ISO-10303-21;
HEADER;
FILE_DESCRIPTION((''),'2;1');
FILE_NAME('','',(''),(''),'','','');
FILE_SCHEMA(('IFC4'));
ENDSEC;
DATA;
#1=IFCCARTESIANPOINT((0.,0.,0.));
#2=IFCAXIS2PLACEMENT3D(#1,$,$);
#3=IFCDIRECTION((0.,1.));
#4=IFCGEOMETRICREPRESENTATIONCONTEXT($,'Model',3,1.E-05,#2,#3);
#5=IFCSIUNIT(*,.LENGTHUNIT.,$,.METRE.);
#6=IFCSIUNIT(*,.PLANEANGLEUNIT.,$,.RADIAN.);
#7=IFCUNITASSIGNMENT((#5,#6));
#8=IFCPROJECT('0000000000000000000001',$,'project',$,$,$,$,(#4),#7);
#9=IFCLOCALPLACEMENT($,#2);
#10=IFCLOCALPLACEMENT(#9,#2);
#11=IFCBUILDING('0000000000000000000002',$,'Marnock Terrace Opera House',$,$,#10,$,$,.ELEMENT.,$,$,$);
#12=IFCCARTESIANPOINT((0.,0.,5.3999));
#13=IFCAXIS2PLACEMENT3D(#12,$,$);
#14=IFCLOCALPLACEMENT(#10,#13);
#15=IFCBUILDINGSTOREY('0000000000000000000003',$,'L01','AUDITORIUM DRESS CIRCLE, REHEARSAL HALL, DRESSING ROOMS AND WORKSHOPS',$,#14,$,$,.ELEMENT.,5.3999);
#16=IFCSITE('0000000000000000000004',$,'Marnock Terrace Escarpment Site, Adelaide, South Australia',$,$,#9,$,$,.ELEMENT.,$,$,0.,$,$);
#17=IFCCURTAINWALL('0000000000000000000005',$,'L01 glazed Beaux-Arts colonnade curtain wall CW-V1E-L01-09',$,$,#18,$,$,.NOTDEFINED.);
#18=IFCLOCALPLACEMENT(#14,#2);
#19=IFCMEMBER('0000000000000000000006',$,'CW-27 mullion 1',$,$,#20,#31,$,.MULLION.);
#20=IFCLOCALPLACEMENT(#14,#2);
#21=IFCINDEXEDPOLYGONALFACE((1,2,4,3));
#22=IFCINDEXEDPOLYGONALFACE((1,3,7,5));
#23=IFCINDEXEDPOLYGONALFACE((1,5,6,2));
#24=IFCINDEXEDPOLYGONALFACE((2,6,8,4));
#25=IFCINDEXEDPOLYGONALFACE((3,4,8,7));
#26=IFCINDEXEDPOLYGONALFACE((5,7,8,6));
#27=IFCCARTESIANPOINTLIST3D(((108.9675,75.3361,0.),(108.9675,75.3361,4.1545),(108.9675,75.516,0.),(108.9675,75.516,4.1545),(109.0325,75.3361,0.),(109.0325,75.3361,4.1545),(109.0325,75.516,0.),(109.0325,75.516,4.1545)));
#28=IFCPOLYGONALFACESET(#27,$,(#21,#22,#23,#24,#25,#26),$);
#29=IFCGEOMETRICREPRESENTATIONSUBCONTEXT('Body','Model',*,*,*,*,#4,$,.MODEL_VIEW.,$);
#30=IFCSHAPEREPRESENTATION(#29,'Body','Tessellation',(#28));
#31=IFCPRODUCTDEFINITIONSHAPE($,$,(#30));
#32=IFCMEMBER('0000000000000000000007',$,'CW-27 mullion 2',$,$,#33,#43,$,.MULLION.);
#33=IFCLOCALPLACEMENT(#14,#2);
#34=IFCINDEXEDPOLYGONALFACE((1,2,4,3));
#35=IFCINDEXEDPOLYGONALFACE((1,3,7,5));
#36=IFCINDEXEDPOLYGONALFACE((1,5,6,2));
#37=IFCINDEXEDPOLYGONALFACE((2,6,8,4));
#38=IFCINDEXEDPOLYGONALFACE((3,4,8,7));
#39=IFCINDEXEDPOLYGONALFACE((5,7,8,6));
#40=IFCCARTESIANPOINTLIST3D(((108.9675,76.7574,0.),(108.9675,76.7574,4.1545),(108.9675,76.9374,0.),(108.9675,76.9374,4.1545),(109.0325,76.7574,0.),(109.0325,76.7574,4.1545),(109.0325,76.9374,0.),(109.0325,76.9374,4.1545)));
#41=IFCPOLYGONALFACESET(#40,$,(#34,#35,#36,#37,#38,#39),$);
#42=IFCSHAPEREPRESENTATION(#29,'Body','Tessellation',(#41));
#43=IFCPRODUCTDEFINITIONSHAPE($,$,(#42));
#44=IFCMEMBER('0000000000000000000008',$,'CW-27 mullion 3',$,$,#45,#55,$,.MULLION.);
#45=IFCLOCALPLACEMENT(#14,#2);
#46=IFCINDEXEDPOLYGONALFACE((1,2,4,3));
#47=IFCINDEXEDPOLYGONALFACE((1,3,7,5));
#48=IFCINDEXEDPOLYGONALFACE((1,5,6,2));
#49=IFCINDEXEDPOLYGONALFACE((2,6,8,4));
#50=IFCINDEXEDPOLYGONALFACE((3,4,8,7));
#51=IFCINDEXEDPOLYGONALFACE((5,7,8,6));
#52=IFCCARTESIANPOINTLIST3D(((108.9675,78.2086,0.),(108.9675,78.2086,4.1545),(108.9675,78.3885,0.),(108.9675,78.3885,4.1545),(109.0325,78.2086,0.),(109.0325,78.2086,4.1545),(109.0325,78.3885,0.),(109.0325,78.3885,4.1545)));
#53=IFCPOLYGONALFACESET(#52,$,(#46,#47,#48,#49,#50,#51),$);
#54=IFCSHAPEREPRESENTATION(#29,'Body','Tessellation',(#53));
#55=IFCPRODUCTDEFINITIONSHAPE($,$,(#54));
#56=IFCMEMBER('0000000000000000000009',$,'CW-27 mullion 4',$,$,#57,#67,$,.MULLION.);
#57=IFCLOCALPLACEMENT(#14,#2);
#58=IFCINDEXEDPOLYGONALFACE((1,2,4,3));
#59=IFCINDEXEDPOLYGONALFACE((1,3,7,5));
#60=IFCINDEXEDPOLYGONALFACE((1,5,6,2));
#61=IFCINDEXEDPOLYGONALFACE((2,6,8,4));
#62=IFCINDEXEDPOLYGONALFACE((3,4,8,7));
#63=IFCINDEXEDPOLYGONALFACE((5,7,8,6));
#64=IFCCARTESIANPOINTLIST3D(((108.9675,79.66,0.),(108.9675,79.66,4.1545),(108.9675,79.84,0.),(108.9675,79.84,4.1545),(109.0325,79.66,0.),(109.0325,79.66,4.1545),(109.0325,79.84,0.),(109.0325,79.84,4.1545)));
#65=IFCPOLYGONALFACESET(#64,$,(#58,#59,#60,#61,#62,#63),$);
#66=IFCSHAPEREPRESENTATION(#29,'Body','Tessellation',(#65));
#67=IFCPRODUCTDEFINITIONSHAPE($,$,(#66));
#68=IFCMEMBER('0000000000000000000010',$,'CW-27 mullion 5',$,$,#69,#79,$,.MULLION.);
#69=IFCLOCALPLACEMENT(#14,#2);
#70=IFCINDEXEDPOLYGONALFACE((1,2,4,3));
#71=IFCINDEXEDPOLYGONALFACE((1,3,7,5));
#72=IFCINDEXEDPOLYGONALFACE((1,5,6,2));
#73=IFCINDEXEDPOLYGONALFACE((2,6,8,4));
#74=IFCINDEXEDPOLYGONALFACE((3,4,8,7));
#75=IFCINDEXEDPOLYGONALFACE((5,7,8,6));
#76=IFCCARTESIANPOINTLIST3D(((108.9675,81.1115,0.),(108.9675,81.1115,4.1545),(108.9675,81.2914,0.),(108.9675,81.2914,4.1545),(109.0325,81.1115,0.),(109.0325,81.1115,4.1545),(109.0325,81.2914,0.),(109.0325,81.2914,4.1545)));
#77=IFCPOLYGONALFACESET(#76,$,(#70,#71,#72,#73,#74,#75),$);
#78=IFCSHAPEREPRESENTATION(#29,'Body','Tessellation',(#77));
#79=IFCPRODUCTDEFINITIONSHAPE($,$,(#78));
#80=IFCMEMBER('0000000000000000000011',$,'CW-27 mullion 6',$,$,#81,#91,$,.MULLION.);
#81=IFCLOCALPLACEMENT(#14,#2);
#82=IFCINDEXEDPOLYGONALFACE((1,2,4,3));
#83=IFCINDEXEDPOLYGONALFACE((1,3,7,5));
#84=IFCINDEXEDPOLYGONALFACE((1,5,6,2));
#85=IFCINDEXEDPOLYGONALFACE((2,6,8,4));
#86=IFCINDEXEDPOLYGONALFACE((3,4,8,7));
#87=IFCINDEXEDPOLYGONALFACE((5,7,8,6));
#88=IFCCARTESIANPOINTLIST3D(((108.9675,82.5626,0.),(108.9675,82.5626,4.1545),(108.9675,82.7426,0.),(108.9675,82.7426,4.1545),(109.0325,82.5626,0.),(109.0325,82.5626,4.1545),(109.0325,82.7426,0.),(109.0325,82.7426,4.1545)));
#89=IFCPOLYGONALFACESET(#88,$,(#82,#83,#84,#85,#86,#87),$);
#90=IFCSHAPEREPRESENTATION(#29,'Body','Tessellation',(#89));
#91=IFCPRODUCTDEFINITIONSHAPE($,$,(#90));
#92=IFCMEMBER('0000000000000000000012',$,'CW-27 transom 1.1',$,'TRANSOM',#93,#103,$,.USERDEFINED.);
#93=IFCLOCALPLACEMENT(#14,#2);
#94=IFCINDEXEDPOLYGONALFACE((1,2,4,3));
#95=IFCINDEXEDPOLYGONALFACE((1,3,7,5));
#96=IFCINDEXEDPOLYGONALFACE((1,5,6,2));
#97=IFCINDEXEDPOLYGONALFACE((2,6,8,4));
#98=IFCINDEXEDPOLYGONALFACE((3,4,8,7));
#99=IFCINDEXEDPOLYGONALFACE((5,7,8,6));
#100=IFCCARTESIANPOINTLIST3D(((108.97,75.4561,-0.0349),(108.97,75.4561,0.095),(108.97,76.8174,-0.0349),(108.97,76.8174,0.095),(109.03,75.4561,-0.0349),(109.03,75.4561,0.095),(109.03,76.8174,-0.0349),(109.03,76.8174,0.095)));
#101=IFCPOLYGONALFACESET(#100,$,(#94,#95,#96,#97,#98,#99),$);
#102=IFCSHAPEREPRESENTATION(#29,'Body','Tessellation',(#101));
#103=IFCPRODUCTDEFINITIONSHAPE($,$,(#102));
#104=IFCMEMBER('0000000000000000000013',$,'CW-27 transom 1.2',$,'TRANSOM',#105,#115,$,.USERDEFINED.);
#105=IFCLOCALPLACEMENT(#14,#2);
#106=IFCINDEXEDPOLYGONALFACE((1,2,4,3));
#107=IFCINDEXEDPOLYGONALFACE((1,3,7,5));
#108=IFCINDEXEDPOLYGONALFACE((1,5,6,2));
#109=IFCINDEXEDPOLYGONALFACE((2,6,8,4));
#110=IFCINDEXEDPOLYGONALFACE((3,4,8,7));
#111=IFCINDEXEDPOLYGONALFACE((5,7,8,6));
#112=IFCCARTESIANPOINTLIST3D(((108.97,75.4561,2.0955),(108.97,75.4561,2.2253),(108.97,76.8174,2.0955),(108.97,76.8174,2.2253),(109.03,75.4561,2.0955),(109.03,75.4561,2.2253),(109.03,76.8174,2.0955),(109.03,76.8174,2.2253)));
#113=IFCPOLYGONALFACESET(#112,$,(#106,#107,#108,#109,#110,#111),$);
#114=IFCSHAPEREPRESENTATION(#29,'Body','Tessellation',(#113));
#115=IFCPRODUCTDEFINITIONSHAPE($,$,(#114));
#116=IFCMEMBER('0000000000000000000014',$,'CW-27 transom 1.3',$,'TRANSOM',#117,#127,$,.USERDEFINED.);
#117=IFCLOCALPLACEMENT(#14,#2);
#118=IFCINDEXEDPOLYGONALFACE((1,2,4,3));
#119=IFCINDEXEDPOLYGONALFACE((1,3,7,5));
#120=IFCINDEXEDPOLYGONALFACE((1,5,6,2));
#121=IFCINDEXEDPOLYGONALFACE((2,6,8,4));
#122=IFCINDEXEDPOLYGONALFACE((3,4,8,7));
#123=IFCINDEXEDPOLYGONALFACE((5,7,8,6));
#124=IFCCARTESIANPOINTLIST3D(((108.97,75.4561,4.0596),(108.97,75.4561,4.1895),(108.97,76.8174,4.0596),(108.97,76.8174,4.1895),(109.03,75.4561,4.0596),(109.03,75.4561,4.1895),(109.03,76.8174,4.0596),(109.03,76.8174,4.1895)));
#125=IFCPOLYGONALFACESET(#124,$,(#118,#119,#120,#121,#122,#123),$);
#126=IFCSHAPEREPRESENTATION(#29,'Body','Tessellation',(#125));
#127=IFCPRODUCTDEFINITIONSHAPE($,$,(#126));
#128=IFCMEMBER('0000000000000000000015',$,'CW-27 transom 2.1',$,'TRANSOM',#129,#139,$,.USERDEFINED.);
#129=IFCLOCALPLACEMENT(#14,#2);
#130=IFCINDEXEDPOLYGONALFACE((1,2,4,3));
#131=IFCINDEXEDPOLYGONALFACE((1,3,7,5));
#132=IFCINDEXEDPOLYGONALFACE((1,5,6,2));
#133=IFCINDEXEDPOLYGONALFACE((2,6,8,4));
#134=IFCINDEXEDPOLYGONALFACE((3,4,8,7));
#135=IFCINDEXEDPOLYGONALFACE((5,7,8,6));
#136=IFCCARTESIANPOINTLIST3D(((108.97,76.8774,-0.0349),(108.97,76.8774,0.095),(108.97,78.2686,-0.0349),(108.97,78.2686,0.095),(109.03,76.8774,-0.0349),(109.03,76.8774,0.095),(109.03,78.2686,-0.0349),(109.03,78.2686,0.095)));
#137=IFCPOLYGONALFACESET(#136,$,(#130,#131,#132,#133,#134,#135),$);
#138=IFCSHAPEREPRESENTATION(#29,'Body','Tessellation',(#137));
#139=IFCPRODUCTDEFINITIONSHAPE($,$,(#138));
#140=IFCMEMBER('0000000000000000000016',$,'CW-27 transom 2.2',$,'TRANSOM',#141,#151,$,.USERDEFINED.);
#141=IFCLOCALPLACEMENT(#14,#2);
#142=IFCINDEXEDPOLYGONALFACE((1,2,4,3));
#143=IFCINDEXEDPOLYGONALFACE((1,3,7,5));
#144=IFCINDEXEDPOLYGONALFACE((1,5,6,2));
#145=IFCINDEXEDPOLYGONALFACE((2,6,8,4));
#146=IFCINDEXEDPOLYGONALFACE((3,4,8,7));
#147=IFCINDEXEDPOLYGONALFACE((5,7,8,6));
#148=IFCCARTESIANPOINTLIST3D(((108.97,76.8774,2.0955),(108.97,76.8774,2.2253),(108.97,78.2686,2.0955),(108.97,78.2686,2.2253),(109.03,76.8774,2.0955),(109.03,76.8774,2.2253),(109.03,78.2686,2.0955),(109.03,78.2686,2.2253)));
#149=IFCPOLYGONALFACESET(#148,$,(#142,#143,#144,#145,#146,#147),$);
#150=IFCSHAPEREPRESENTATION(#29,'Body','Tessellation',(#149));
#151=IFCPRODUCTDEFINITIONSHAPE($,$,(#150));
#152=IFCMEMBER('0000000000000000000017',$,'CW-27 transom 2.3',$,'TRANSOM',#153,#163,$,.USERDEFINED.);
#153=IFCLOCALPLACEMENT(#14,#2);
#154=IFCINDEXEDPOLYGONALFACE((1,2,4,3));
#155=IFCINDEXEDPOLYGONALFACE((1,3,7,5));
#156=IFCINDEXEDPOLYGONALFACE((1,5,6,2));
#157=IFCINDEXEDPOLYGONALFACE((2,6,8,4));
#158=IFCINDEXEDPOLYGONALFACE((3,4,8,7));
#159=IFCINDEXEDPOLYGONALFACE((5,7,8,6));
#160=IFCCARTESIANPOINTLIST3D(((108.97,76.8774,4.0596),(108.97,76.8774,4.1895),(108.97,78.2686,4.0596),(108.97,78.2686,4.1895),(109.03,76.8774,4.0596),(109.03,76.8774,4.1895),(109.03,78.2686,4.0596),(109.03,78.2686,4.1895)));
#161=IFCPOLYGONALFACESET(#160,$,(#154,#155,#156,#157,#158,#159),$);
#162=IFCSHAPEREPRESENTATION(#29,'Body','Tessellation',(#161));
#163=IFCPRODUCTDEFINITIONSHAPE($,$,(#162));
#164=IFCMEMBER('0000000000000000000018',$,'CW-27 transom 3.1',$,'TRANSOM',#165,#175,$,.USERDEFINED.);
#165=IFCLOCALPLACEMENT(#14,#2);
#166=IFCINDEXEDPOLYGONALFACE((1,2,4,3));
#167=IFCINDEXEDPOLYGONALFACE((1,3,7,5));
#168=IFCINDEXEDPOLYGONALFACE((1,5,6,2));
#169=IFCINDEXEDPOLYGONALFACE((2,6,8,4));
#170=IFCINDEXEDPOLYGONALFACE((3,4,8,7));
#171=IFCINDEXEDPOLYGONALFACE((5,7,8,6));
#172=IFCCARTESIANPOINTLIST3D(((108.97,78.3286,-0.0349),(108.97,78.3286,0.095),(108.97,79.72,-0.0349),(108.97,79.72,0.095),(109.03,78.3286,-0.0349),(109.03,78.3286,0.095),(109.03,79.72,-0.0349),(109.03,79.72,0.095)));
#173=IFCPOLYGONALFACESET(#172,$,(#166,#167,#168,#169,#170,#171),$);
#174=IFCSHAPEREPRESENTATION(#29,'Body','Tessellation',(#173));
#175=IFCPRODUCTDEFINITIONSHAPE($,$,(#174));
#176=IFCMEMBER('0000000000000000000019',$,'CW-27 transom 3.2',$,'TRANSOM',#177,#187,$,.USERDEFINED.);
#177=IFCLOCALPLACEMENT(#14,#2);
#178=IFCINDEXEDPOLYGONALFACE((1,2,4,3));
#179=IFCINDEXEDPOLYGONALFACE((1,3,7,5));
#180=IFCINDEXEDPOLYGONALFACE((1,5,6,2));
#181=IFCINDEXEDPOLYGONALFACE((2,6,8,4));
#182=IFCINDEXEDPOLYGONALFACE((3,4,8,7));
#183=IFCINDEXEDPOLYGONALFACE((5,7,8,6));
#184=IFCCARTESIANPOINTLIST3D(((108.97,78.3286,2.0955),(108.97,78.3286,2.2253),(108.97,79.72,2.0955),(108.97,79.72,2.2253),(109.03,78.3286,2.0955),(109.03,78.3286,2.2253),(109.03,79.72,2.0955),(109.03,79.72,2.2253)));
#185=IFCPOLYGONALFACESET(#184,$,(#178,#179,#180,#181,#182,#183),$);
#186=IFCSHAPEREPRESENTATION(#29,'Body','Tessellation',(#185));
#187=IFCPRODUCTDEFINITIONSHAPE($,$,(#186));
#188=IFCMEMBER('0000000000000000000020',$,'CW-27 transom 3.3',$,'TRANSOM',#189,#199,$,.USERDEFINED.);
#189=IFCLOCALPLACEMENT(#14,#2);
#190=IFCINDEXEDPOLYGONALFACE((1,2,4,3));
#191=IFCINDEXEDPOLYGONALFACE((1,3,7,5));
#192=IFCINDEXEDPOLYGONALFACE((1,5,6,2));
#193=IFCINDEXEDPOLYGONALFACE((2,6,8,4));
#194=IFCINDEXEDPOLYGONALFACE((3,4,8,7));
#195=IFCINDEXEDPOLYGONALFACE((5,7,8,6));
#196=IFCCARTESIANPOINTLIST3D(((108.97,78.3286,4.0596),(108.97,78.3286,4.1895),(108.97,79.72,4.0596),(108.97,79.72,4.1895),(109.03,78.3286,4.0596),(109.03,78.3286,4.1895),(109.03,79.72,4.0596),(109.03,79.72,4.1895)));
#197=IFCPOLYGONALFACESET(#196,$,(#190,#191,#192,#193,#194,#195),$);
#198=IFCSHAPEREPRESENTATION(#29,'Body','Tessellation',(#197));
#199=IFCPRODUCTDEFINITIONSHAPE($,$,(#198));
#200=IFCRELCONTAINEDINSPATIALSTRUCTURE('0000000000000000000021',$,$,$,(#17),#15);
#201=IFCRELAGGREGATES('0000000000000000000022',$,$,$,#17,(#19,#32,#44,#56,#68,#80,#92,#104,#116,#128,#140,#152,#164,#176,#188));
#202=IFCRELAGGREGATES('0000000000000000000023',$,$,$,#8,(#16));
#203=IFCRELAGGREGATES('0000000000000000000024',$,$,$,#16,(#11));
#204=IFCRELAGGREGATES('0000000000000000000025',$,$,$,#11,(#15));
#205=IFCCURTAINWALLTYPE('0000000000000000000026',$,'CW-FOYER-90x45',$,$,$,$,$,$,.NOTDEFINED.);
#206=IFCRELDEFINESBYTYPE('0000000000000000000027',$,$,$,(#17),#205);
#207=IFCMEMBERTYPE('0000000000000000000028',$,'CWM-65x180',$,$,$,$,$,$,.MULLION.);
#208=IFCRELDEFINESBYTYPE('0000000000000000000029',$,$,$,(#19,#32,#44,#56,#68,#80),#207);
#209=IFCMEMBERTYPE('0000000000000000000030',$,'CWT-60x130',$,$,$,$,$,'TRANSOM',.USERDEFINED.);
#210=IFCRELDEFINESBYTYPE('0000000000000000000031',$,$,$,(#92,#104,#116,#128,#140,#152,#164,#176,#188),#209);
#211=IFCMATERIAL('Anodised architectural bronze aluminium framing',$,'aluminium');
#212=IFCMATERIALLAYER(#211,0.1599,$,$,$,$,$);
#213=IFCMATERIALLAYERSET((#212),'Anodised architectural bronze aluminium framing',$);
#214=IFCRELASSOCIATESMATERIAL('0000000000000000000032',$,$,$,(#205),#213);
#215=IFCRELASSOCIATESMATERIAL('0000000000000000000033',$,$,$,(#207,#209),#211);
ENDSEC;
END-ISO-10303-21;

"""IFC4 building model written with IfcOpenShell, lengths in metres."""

from ifc_helpers import new_model, si_unit, direction, frame, origin, origin_2d, place, context, subcontext, project, spatial, rectangle, extrude, material, layer, layer_set, material_profile, profile_set, type_object, element, aggregate, save


model = new_model("IFC4")

# Units and contexts
model_context = context("Model", 3, precision=1e-05, world=origin(), true_north=direction((0.0, 1.0)))
body_context = subcontext(model_context, "Body", "Model", "MODEL_VIEW")
ifc_project = project(units=[si_unit("LENGTHUNIT", "METRE"), si_unit("PLANEANGLEUNIT", "RADIAN")], contexts=[model_context])

# Site, building, storey
site_placement = place(None, origin())
site = spatial("IfcSite", under=ifc_project, at=site_placement, Name="Marnock Terrace Escarpment Site, Adelaide, South Australia", CompositionType="ELEMENT", RefElevation=0.0)
building_placement = place(site_placement, origin())
building = spatial("IfcBuilding", under=site, at=building_placement, Name="Marnock Terrace Opera House", CompositionType="ELEMENT")
storey_placement = place(building_placement, frame((0.0, 0.0, 5.3999)))
storey = spatial("IfcBuildingStorey", under=building, at=storey_placement, Name="L01", Description="AUDITORIUM DRESS CIRCLE, REHEARSAL HALL, DRESSING ROOMS AND WORKSHOPS", CompositionType="ELEMENT", Elevation=5.3999)

# Curtain wall, members
ifc_material_1 = material(Name="Anodised architectural bronze aluminium framing", Category="aluminium")
ifc_layer_1 = layer(ifc_material_1, 0.1599)
ifc_layer_set_1 = layer_set([ifc_layer_1], Name="Anodised architectural bronze aluminium framing")
curtain_wall_type = type_object("IfcCurtainWallType", Name="CW-FOYER-90x45", PredefinedType="NOTDEFINED", material=ifc_layer_set_1)
curtain_wall_placement = place(storey_placement, origin())
curtain_wall = element("IfcCurtainWall", 1, at=curtain_wall_placement, inside=storey, type_object=curtain_wall_type, Name="L01 glazed Beaux-Arts colonnade curtain wall CW-V1E-L01-09", PredefinedType="NOTDEFINED")
ifc_material_profile_1 = material_profile(ifc_material_1, rectangle(XDim=0.0649, YDim=0.1799, at=origin_2d()))
ifc_profile_set_1 = profile_set([ifc_material_profile_1], Name="Anodised architectural bronze aluminium framing")
member_type_1 = type_object("IfcMemberType", Name="CWM-65x180", PredefinedType="MULLION", material=ifc_profile_set_1)
member_1_placement = place(storey_placement, frame((109.0, 75.426, 0.0), z_axis=(0.0, 0.0, 1.0), x_axis=(-1.0, 0.0, 0.0)))
member_1 = element("IfcMember", 2, at=member_1_placement, type_object=member_type_1, Name="CW-27 mullion 1", PredefinedType="MULLION", context=body_context, shape_type="SweptSolid", body=[
    extrude(rectangle(XDim=0.0649, YDim=0.1799, at=origin_2d()), origin(), (0.0, 0.0, 1.0), 4.1545),
])
member_2_placement = place(storey_placement, frame((109.0, 76.8474, 0.0), z_axis=(0.0, 0.0, 1.0), x_axis=(-1.0, 0.0, 0.0)))
member_2 = element("IfcMember", 3, at=member_2_placement, type_object=member_type_1, Name="CW-27 mullion 2", PredefinedType="MULLION", context=body_context, shape_type="SweptSolid", body=[
    extrude(rectangle(XDim=0.0649, YDim=0.1799, at=origin_2d()), origin(), (0.0, 0.0, 1.0), 4.1545),
])
member_3_placement = place(storey_placement, frame((109.0, 78.2986, 0.0), z_axis=(0.0, 0.0, 1.0), x_axis=(-1.0, 0.0, 0.0)))
member_3 = element("IfcMember", 4, at=member_3_placement, type_object=member_type_1, Name="CW-27 mullion 3", PredefinedType="MULLION", context=body_context, shape_type="SweptSolid", body=[
    extrude(rectangle(XDim=0.0649, YDim=0.1799, at=origin_2d()), origin(), (0.0, 0.0, 1.0), 4.1545),
])
member_4_placement = place(storey_placement, frame((109.0, 79.75, 0.0), z_axis=(0.0, 0.0, 1.0), x_axis=(-1.0, 0.0, 0.0)))
member_4 = element("IfcMember", 5, at=member_4_placement, type_object=member_type_1, Name="CW-27 mullion 4", PredefinedType="MULLION", context=body_context, shape_type="SweptSolid", body=[
    extrude(rectangle(XDim=0.0649, YDim=0.1799, at=origin_2d()), origin(), (0.0, 0.0, 1.0), 4.1545),
])
member_5_placement = place(storey_placement, frame((109.0, 81.2014, 0.0), z_axis=(0.0, 0.0, 1.0), x_axis=(-1.0, 0.0, 0.0)))
member_5 = element("IfcMember", 6, at=member_5_placement, type_object=member_type_1, Name="CW-27 mullion 5", PredefinedType="MULLION", context=body_context, shape_type="SweptSolid", body=[
    extrude(rectangle(XDim=0.0649, YDim=0.1799, at=origin_2d()), origin(), (0.0, 0.0, 1.0), 4.1545),
])
member_6_placement = place(storey_placement, frame((109.0, 82.6526, 0.0), z_axis=(0.0, 0.0, 1.0), x_axis=(-1.0, 0.0, 0.0)))
member_6 = element("IfcMember", 7, at=member_6_placement, type_object=member_type_1, Name="CW-27 mullion 6", PredefinedType="MULLION", context=body_context, shape_type="SweptSolid", body=[
    extrude(rectangle(XDim=0.0649, YDim=0.1799, at=origin_2d()), origin(), (0.0, 0.0, 1.0), 4.1545),
])
ifc_material_profile_2 = material_profile(ifc_material_1, rectangle(XDim=0.0601, YDim=0.1299, at=origin_2d()))
ifc_profile_set_2 = profile_set([ifc_material_profile_2], Name="Anodised architectural bronze aluminium framing")
member_type_2 = type_object("IfcMemberType", Name="CWT-60x130", ElementType="TRANSOM", PredefinedType="USERDEFINED", material=ifc_profile_set_2)
member_7_placement = place(storey_placement, frame((109.0, 75.4561, 0.03), z_axis=(0.0, 1.0, 0.0), x_axis=(-1.0, 0.0, 0.0)))
member_7 = element("IfcMember", 8, at=member_7_placement, type_object=member_type_2, Name="CW-27 transom 1.1", ObjectType="TRANSOM", PredefinedType="USERDEFINED", context=body_context, shape_type="SweptSolid", body=[
    extrude(rectangle(XDim=0.0601, YDim=0.1299, at=origin_2d()), origin(), (0.0, 0.0, 1.0), 1.3613),
])
member_8_placement = place(storey_placement, frame((109.0, 75.4561, 2.1604), z_axis=(0.0, 1.0, 0.0), x_axis=(-1.0, 0.0, 0.0)))
member_8 = element("IfcMember", 9, at=member_8_placement, type_object=member_type_2, Name="CW-27 transom 1.2", ObjectType="TRANSOM", PredefinedType="USERDEFINED", context=body_context, shape_type="SweptSolid", body=[
    extrude(rectangle(XDim=0.0601, YDim=0.1299, at=origin_2d()), origin(), (0.0, 0.0, 1.0), 1.3613),
])
member_9_placement = place(storey_placement, frame((109.0, 75.4561, 4.1245), z_axis=(0.0, 1.0, 0.0), x_axis=(-1.0, 0.0, 0.0)))
member_9 = element("IfcMember", 10, at=member_9_placement, type_object=member_type_2, Name="CW-27 transom 1.3", ObjectType="TRANSOM", PredefinedType="USERDEFINED", context=body_context, shape_type="SweptSolid", body=[
    extrude(rectangle(XDim=0.0601, YDim=0.1299, at=origin_2d()), origin(), (0.0, 0.0, 1.0), 1.3613),
])
member_10_placement = place(storey_placement, frame((109.0, 76.8774, 0.03), z_axis=(0.0, 1.0, 0.0), x_axis=(-1.0, 0.0, 0.0)))
member_10 = element("IfcMember", 11, at=member_10_placement, type_object=member_type_2, Name="CW-27 transom 2.1", ObjectType="TRANSOM", PredefinedType="USERDEFINED", context=body_context, shape_type="SweptSolid", body=[
    extrude(rectangle(XDim=0.0601, YDim=0.1299, at=origin_2d()), origin(), (0.0, 0.0, 1.0), 1.3911),
])
member_11_placement = place(storey_placement, frame((109.0, 76.8774, 2.1604), z_axis=(0.0, 1.0, 0.0), x_axis=(-1.0, 0.0, 0.0)))
member_11 = element("IfcMember", 12, at=member_11_placement, type_object=member_type_2, Name="CW-27 transom 2.2", ObjectType="TRANSOM", PredefinedType="USERDEFINED", context=body_context, shape_type="SweptSolid", body=[
    extrude(rectangle(XDim=0.0601, YDim=0.1299, at=origin_2d()), origin(), (0.0, 0.0, 1.0), 1.3911),
])
member_12_placement = place(storey_placement, frame((109.0, 76.8774, 4.1245), z_axis=(0.0, 1.0, 0.0), x_axis=(-1.0, 0.0, 0.0)))
member_12 = element("IfcMember", 13, at=member_12_placement, type_object=member_type_2, Name="CW-27 transom 2.3", ObjectType="TRANSOM", PredefinedType="USERDEFINED", context=body_context, shape_type="SweptSolid", body=[
    extrude(rectangle(XDim=0.0601, YDim=0.1299, at=origin_2d()), origin(), (0.0, 0.0, 1.0), 1.3911),
])
member_13_placement = place(storey_placement, frame((109.0, 78.3286, 0.03), z_axis=(0.0, 1.0, 0.0), x_axis=(-1.0, 0.0, 0.0)))
member_13 = element("IfcMember", 14, at=member_13_placement, type_object=member_type_2, Name="CW-27 transom 3.1", ObjectType="TRANSOM", PredefinedType="USERDEFINED", context=body_context, shape_type="SweptSolid", body=[
    extrude(rectangle(XDim=0.0601, YDim=0.1299, at=origin_2d()), origin(), (0.0, 0.0, 1.0), 1.3914),
])
member_14_placement = place(storey_placement, frame((109.0, 78.3286, 2.1604), z_axis=(0.0, 1.0, 0.0), x_axis=(-1.0, 0.0, 0.0)))
member_14 = element("IfcMember", 15, at=member_14_placement, type_object=member_type_2, Name="CW-27 transom 3.2", ObjectType="TRANSOM", PredefinedType="USERDEFINED", context=body_context, shape_type="SweptSolid", body=[
    extrude(rectangle(XDim=0.0601, YDim=0.1299, at=origin_2d()), origin(), (0.0, 0.0, 1.0), 1.3914),
])
member_15_placement = place(storey_placement, frame((109.0, 78.3286, 4.1245), z_axis=(0.0, 1.0, 0.0), x_axis=(-1.0, 0.0, 0.0)))
member_15 = element("IfcMember", 16, at=member_15_placement, type_object=member_type_2, Name="CW-27 transom 3.3", ObjectType="TRANSOM", PredefinedType="USERDEFINED", context=body_context, shape_type="SweptSolid", body=[
    extrude(rectangle(XDim=0.0601, YDim=0.1299, at=origin_2d()), origin(), (0.0, 0.0, 1.0), 1.3914),
])
aggregate(curtain_wall, [member_1, member_2, member_3, member_4, member_5, member_6, member_7, member_8, member_9, member_10, member_11, member_12, member_13, member_14, member_15])

save(model, "model.ifc")
